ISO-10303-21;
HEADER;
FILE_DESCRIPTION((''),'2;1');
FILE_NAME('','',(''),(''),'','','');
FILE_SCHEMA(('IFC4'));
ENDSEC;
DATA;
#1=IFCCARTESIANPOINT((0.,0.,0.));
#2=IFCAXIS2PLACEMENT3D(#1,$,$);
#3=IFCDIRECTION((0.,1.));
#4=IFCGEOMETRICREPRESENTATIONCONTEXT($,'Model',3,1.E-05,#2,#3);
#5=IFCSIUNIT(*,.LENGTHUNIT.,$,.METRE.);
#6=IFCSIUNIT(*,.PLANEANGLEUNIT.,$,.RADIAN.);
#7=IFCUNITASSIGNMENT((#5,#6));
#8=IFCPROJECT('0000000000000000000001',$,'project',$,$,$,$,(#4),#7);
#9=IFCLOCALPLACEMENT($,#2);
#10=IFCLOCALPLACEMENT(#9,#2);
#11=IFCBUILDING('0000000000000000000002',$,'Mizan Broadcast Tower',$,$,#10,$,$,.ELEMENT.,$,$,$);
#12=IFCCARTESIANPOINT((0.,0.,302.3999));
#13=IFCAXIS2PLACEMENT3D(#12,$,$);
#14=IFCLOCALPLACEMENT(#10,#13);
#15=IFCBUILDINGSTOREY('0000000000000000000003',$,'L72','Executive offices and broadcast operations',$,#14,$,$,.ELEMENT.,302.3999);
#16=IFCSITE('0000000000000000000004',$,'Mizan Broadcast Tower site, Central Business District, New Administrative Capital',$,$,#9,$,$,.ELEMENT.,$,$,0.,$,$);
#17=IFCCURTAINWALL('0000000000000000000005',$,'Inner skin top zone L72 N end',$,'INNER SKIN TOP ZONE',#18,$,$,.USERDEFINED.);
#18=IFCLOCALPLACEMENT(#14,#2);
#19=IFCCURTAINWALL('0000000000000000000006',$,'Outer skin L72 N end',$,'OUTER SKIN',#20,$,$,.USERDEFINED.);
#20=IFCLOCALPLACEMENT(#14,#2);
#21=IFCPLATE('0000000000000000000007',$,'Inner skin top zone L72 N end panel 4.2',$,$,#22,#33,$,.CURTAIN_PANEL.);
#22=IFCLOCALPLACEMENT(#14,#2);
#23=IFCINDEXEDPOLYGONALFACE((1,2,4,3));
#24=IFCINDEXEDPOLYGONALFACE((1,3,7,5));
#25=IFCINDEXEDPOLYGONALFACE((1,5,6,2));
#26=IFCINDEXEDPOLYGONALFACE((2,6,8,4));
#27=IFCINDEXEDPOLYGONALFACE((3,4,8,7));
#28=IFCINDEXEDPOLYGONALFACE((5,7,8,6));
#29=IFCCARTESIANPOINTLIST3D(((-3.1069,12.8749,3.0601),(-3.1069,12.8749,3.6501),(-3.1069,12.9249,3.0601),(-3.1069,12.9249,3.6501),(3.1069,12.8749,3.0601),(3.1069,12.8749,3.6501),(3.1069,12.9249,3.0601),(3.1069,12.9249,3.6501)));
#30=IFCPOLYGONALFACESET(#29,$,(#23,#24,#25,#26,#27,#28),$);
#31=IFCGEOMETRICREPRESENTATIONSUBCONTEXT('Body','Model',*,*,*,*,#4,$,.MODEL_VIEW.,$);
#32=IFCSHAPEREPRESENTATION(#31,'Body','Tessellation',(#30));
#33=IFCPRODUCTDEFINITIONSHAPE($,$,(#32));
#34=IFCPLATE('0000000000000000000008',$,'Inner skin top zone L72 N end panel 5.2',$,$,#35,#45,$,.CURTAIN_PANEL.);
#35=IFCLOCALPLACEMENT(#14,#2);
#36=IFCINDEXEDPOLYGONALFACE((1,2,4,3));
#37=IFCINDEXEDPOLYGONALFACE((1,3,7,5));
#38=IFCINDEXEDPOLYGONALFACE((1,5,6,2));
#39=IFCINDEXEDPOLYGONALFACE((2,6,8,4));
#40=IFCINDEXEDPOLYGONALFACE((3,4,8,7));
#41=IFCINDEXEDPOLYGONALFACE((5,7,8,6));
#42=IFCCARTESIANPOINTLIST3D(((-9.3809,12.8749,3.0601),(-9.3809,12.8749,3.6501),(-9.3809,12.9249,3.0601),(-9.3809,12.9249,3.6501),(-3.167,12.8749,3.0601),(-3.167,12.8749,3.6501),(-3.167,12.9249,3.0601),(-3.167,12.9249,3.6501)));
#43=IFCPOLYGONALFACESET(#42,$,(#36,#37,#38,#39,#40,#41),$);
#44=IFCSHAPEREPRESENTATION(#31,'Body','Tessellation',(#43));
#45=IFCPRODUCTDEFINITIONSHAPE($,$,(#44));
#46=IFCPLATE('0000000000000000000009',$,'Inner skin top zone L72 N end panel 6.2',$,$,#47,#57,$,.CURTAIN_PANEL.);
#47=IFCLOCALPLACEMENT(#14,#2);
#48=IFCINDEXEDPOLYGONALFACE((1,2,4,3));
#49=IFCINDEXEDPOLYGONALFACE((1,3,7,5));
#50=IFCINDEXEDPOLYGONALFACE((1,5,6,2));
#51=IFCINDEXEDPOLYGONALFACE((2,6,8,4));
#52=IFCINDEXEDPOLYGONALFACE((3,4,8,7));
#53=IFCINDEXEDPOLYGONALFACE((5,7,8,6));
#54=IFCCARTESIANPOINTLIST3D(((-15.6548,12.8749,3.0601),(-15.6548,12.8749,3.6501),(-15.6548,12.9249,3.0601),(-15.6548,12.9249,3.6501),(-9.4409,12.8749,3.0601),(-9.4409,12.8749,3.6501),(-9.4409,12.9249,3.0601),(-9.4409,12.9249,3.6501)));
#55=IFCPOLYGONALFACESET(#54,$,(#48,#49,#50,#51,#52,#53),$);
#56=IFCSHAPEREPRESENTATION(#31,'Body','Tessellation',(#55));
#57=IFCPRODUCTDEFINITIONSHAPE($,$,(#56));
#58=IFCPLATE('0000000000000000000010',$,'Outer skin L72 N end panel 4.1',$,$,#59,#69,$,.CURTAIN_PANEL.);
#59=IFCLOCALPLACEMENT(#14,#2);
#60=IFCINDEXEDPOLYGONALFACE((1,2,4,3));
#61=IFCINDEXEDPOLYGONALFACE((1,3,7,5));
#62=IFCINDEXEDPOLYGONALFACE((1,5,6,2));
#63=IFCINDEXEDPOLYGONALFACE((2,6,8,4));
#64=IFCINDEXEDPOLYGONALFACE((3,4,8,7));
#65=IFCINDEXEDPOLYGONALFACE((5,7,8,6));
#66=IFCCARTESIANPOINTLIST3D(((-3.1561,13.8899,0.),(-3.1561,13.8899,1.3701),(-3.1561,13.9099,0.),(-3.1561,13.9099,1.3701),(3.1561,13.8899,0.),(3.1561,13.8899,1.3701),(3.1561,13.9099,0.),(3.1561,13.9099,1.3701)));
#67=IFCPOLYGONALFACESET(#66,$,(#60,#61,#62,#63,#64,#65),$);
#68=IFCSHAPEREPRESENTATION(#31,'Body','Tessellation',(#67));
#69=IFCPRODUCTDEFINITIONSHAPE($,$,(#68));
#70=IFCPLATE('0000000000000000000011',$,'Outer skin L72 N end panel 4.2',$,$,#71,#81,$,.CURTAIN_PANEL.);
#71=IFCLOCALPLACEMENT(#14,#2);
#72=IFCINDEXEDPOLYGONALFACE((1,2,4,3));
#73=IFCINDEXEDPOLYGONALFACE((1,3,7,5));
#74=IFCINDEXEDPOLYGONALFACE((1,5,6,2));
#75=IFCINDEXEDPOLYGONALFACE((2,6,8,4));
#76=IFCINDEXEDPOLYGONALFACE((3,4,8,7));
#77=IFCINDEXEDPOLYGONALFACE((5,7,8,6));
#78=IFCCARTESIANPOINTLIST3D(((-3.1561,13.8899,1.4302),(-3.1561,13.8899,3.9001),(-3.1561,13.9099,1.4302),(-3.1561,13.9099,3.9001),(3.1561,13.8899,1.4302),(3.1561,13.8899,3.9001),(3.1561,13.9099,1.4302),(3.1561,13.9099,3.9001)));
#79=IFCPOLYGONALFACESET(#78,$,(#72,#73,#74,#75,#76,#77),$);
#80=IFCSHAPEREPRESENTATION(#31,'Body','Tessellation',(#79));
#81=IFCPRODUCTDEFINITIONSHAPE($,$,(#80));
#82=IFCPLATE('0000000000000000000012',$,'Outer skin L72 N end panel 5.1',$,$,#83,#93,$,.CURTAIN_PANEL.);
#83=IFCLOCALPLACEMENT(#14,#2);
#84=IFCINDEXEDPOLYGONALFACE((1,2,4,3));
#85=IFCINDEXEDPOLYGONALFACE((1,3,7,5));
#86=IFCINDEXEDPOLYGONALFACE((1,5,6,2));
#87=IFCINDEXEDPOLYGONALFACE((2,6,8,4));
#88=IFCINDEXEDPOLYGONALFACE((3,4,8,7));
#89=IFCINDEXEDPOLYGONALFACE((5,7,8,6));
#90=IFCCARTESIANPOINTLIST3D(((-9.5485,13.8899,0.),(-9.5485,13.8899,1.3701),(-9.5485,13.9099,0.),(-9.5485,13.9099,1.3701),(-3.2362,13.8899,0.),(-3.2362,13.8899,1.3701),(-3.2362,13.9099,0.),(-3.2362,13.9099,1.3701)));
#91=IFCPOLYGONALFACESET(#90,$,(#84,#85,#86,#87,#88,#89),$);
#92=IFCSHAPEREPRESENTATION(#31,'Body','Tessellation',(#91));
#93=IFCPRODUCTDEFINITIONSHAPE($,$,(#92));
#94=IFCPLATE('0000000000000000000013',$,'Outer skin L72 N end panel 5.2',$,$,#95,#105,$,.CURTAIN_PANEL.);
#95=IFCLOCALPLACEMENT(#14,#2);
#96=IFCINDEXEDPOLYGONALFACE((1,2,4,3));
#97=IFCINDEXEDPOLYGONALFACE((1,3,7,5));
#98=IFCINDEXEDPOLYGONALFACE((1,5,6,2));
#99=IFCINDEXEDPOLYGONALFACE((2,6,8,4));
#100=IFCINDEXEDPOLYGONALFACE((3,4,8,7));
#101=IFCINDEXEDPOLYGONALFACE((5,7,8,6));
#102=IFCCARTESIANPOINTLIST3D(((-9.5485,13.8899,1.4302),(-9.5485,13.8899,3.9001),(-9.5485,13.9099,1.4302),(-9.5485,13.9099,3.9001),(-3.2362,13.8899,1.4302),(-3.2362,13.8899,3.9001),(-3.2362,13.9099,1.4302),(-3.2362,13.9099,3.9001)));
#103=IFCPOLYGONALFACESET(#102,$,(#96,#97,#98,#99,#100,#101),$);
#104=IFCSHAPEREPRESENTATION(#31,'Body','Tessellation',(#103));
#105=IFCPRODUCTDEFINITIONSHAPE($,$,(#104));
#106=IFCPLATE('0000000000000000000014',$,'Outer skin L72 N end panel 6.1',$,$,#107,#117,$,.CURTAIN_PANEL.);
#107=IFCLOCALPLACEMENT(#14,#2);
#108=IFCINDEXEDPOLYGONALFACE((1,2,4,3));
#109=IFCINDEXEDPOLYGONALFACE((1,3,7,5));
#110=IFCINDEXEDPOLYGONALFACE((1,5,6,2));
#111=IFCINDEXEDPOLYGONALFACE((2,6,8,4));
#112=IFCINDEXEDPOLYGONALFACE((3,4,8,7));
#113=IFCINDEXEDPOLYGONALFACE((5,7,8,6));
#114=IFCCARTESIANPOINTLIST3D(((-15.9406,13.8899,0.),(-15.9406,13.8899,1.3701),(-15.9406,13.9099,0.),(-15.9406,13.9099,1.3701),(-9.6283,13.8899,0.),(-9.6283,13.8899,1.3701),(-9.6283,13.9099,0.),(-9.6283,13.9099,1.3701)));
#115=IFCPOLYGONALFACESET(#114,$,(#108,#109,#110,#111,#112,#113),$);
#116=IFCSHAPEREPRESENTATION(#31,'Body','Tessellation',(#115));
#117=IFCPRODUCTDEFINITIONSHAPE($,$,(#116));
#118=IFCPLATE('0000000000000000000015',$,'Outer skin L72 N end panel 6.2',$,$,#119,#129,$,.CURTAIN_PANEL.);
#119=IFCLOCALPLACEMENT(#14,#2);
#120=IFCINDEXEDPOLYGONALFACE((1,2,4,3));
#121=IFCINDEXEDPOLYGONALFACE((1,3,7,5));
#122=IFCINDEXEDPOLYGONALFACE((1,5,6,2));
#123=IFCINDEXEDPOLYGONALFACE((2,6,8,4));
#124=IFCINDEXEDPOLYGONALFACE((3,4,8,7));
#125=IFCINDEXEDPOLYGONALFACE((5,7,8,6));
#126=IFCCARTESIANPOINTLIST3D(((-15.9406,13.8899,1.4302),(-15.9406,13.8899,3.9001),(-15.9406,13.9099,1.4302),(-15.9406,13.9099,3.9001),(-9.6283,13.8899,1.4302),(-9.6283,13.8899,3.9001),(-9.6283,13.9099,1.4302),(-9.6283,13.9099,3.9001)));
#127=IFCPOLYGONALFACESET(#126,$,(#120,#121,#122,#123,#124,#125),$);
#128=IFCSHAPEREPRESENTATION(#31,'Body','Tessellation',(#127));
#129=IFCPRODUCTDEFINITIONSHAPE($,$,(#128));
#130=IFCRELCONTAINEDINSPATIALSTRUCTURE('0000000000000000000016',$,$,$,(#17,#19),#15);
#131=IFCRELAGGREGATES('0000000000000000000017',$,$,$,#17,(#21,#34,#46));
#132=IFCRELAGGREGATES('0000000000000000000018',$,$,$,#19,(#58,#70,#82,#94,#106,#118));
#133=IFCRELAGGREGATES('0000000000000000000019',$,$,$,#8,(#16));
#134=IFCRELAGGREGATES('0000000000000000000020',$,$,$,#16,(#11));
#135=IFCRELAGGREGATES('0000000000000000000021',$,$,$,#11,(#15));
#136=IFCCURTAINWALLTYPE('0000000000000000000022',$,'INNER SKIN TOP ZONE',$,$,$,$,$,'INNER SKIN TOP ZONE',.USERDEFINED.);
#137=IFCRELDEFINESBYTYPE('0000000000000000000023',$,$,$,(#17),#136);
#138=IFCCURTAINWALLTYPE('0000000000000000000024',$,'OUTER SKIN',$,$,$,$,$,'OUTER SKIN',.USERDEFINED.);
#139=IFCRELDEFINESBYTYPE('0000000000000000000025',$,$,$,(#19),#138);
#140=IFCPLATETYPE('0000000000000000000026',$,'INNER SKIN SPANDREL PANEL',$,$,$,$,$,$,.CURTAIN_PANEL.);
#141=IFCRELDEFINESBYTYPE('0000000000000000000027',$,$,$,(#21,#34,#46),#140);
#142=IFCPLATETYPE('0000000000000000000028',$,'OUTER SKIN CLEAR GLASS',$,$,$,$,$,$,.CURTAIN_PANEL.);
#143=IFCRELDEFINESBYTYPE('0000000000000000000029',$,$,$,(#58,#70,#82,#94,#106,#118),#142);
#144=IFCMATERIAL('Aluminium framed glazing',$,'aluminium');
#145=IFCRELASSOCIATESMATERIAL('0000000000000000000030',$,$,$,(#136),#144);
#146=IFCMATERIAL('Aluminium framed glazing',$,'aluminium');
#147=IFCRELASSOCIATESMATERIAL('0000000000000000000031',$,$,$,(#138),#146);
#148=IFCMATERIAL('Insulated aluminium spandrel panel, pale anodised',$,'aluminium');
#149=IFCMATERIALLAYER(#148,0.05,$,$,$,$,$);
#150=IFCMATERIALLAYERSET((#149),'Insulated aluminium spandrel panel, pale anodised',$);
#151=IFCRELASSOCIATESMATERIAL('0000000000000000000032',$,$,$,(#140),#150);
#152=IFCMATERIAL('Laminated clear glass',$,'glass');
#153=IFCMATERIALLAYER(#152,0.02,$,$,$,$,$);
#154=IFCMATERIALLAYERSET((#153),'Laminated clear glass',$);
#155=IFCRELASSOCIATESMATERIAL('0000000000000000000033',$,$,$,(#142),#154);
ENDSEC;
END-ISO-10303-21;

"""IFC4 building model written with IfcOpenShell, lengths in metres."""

from ifc_helpers import new_model, si_unit, direction, frame, origin, origin_2d, place, context, subcontext, project, spatial, rectangle, extrude, material, layer, layer_set, type_object, element, aggregate, save


model = new_model("IFC4")

# Units and contexts
model_context = context("Model", 3, precision=1e-05, world=origin(), true_north=direction((0.0, 1.0)))
body_context = subcontext(model_context, "Body", "Model", "MODEL_VIEW")
ifc_project = project(units=[si_unit("LENGTHUNIT", "METRE"), si_unit("PLANEANGLEUNIT", "RADIAN")], contexts=[model_context])

# Site, building, storey
site_placement = place(None, origin())
site = spatial("IfcSite", under=ifc_project, at=site_placement, Name="Mizan Broadcast Tower site, Central Business District, New Administrative Capital", CompositionType="ELEMENT", RefElevation=0.0)
building_placement = place(site_placement, origin())
building = spatial("IfcBuilding", under=site, at=building_placement, Name="Mizan Broadcast Tower", CompositionType="ELEMENT")
storey_placement = place(building_placement, frame((0.0, 0.0, 302.3999)))
storey = spatial("IfcBuildingStorey", under=building, at=storey_placement, Name="L72", Description="Executive offices and broadcast operations", CompositionType="ELEMENT", Elevation=302.3999)

# Curtain walls
ifc_material_1 = material(Name="Aluminium framed glazing", Category="aluminium")
curtain_wall_type_1 = type_object("IfcCurtainWallType", Name="INNER SKIN TOP ZONE", ElementType="INNER SKIN TOP ZONE", PredefinedType="USERDEFINED", material=ifc_material_1)
curtain_wall_1_placement = place(storey_placement, origin())
curtain_wall_1 = element("IfcCurtainWall", 1, at=curtain_wall_1_placement, inside=storey, type_object=curtain_wall_type_1, Name="Inner skin top zone L72 N end", ObjectType="INNER SKIN TOP ZONE", PredefinedType="USERDEFINED")
ifc_material_2 = material(Name="Aluminium framed glazing", Category="aluminium")
curtain_wall_type_2 = type_object("IfcCurtainWallType", Name="OUTER SKIN", ElementType="OUTER SKIN", PredefinedType="USERDEFINED", material=ifc_material_2)
curtain_wall_2_placement = place(storey_placement, origin())
curtain_wall_2 = element("IfcCurtainWall", 2, at=curtain_wall_2_placement, inside=storey, type_object=curtain_wall_type_2, Name="Outer skin L72 N end", ObjectType="OUTER SKIN", PredefinedType="USERDEFINED")

# Plates
ifc_material_3 = material(Name="Insulated aluminium spandrel panel, pale anodised", Category="aluminium")
ifc_layer_1 = layer(ifc_material_3, 0.05)
ifc_layer_set_1 = layer_set([ifc_layer_1], Name="Insulated aluminium spandrel panel, pale anodised")
plate_type_1 = type_object("IfcPlateType", Name="INNER SKIN SPANDREL PANEL", PredefinedType="CURTAIN_PANEL", material=ifc_layer_set_1)
plate_1_placement = place(storey_placement, frame((0.0, 12.8999, 3.0601), z_axis=(0.0, 0.0, 1.0), x_axis=(-1.0, 0.0, 0.0)))
plate_1 = element("IfcPlate", 3, at=plate_1_placement, type_object=plate_type_1, Name="Inner skin top zone L72 N end panel 4.2", PredefinedType="CURTAIN_PANEL", context=body_context, shape_type="SweptSolid", body=[
    extrude(rectangle(XDim=6.2139, YDim=0.05, at=origin_2d()), origin(), (0.0, 0.0, 1.0), 0.5901),
])
plate_2_placement = place(storey_placement, frame((-6.2739, 12.8999, 3.0601), z_axis=(0.0, 0.0, 1.0), x_axis=(-1.0, 0.0, 0.0)))
plate_2 = element("IfcPlate", 4, at=plate_2_placement, type_object=plate_type_1, Name="Inner skin top zone L72 N end panel 5.2", PredefinedType="CURTAIN_PANEL", context=body_context, shape_type="SweptSolid", body=[
    extrude(rectangle(XDim=6.2139, YDim=0.05, at=origin_2d()), origin(), (0.0, 0.0, 1.0), 0.5901),
])
plate_3_placement = place(storey_placement, frame((-12.5479, 12.8999, 3.0601), z_axis=(0.0, 0.0, 1.0), x_axis=(-1.0, 0.0, 0.0)))
plate_3 = element("IfcPlate", 5, at=plate_3_placement, type_object=plate_type_1, Name="Inner skin top zone L72 N end panel 6.2", PredefinedType="CURTAIN_PANEL", context=body_context, shape_type="SweptSolid", body=[
    extrude(rectangle(XDim=6.2139, YDim=0.05, at=origin_2d()), origin(), (0.0, 0.0, 1.0), 0.5901),
])
aggregate(curtain_wall_1, [plate_1, plate_2, plate_3])
ifc_material_4 = material(Name="Laminated clear glass", Category="glass")
ifc_layer_2 = layer(ifc_material_4, 0.02)
ifc_layer_set_2 = layer_set([ifc_layer_2], Name="Laminated clear glass")
plate_type_2 = type_object("IfcPlateType", Name="OUTER SKIN CLEAR GLASS", PredefinedType="CURTAIN_PANEL", material=ifc_layer_set_2)
plate_4_placement = place(storey_placement, frame((0.0, 13.8999, 0.0), z_axis=(0.0, 0.0, 1.0), x_axis=(-1.0, 0.0, 0.0)))
plate_4 = element("IfcPlate", 6, at=plate_4_placement, type_object=plate_type_2, Name="Outer skin L72 N end panel 4.1", PredefinedType="CURTAIN_PANEL", context=body_context, shape_type="SweptSolid", body=[
    extrude(rectangle(XDim=6.3123, YDim=0.02, at=origin_2d()), origin(), (0.0, 0.0, 1.0), 1.3701),
])
plate_5_placement = place(storey_placement, frame((0.0, 13.8999, 1.4302), z_axis=(0.0, 0.0, 1.0), x_axis=(-1.0, 0.0, 0.0)))
plate_5 = element("IfcPlate", 7, at=plate_5_placement, type_object=plate_type_2, Name="Outer skin L72 N end panel 4.2", PredefinedType="CURTAIN_PANEL", context=body_context, shape_type="SweptSolid", body=[
    extrude(rectangle(XDim=6.3123, YDim=0.02, at=origin_2d()), origin(), (0.0, 0.0, 1.0), 2.47),
])
plate_6_placement = place(storey_placement, frame((-6.3923, 13.8999, 0.0), z_axis=(0.0, 0.0, 1.0), x_axis=(-1.0, 0.0, 0.0)))
plate_6 = element("IfcPlate", 8, at=plate_6_placement, type_object=plate_type_2, Name="Outer skin L72 N end panel 5.1", PredefinedType="CURTAIN_PANEL", context=body_context, shape_type="SweptSolid", body=[
    extrude(rectangle(XDim=6.3123, YDim=0.02, at=origin_2d()), origin(), (0.0, 0.0, 1.0), 1.3701),
])
plate_7_placement = place(storey_placement, frame((-6.3923, 13.8999, 1.4302), z_axis=(0.0, 0.0, 1.0), x_axis=(-1.0, 0.0, 0.0)))
plate_7 = element("IfcPlate", 9, at=plate_7_placement, type_object=plate_type_2, Name="Outer skin L72 N end panel 5.2", PredefinedType="CURTAIN_PANEL", context=body_context, shape_type="SweptSolid", body=[
    extrude(rectangle(XDim=6.3123, YDim=0.02, at=origin_2d()), origin(), (0.0, 0.0, 1.0), 2.47),
])
plate_8_placement = place(storey_placement, frame((-12.7844, 13.8999, 0.0), z_axis=(0.0, 0.0, 1.0), x_axis=(-1.0, 0.0, 0.0)))
plate_8 = element("IfcPlate", 10, at=plate_8_placement, type_object=plate_type_2, Name="Outer skin L72 N end panel 6.1", PredefinedType="CURTAIN_PANEL", context=body_context, shape_type="SweptSolid", body=[
    extrude(rectangle(XDim=6.3123, YDim=0.02, at=origin_2d()), origin(), (0.0, 0.0, 1.0), 1.3701),
])
plate_9_placement = place(storey_placement, frame((-12.7844, 13.8999, 1.4302), z_axis=(0.0, 0.0, 1.0), x_axis=(-1.0, 0.0, 0.0)))
plate_9 = element("IfcPlate", 11, at=plate_9_placement, type_object=plate_type_2, Name="Outer skin L72 N end panel 6.2", PredefinedType="CURTAIN_PANEL", context=body_context, shape_type="SweptSolid", body=[
    extrude(rectangle(XDim=6.3123, YDim=0.02, at=origin_2d()), origin(), (0.0, 0.0, 1.0), 2.47),
])
aggregate(curtain_wall_2, [plate_4, plate_5, plate_6, plate_7, plate_8, plate_9])

save(model, "model.ifc")
